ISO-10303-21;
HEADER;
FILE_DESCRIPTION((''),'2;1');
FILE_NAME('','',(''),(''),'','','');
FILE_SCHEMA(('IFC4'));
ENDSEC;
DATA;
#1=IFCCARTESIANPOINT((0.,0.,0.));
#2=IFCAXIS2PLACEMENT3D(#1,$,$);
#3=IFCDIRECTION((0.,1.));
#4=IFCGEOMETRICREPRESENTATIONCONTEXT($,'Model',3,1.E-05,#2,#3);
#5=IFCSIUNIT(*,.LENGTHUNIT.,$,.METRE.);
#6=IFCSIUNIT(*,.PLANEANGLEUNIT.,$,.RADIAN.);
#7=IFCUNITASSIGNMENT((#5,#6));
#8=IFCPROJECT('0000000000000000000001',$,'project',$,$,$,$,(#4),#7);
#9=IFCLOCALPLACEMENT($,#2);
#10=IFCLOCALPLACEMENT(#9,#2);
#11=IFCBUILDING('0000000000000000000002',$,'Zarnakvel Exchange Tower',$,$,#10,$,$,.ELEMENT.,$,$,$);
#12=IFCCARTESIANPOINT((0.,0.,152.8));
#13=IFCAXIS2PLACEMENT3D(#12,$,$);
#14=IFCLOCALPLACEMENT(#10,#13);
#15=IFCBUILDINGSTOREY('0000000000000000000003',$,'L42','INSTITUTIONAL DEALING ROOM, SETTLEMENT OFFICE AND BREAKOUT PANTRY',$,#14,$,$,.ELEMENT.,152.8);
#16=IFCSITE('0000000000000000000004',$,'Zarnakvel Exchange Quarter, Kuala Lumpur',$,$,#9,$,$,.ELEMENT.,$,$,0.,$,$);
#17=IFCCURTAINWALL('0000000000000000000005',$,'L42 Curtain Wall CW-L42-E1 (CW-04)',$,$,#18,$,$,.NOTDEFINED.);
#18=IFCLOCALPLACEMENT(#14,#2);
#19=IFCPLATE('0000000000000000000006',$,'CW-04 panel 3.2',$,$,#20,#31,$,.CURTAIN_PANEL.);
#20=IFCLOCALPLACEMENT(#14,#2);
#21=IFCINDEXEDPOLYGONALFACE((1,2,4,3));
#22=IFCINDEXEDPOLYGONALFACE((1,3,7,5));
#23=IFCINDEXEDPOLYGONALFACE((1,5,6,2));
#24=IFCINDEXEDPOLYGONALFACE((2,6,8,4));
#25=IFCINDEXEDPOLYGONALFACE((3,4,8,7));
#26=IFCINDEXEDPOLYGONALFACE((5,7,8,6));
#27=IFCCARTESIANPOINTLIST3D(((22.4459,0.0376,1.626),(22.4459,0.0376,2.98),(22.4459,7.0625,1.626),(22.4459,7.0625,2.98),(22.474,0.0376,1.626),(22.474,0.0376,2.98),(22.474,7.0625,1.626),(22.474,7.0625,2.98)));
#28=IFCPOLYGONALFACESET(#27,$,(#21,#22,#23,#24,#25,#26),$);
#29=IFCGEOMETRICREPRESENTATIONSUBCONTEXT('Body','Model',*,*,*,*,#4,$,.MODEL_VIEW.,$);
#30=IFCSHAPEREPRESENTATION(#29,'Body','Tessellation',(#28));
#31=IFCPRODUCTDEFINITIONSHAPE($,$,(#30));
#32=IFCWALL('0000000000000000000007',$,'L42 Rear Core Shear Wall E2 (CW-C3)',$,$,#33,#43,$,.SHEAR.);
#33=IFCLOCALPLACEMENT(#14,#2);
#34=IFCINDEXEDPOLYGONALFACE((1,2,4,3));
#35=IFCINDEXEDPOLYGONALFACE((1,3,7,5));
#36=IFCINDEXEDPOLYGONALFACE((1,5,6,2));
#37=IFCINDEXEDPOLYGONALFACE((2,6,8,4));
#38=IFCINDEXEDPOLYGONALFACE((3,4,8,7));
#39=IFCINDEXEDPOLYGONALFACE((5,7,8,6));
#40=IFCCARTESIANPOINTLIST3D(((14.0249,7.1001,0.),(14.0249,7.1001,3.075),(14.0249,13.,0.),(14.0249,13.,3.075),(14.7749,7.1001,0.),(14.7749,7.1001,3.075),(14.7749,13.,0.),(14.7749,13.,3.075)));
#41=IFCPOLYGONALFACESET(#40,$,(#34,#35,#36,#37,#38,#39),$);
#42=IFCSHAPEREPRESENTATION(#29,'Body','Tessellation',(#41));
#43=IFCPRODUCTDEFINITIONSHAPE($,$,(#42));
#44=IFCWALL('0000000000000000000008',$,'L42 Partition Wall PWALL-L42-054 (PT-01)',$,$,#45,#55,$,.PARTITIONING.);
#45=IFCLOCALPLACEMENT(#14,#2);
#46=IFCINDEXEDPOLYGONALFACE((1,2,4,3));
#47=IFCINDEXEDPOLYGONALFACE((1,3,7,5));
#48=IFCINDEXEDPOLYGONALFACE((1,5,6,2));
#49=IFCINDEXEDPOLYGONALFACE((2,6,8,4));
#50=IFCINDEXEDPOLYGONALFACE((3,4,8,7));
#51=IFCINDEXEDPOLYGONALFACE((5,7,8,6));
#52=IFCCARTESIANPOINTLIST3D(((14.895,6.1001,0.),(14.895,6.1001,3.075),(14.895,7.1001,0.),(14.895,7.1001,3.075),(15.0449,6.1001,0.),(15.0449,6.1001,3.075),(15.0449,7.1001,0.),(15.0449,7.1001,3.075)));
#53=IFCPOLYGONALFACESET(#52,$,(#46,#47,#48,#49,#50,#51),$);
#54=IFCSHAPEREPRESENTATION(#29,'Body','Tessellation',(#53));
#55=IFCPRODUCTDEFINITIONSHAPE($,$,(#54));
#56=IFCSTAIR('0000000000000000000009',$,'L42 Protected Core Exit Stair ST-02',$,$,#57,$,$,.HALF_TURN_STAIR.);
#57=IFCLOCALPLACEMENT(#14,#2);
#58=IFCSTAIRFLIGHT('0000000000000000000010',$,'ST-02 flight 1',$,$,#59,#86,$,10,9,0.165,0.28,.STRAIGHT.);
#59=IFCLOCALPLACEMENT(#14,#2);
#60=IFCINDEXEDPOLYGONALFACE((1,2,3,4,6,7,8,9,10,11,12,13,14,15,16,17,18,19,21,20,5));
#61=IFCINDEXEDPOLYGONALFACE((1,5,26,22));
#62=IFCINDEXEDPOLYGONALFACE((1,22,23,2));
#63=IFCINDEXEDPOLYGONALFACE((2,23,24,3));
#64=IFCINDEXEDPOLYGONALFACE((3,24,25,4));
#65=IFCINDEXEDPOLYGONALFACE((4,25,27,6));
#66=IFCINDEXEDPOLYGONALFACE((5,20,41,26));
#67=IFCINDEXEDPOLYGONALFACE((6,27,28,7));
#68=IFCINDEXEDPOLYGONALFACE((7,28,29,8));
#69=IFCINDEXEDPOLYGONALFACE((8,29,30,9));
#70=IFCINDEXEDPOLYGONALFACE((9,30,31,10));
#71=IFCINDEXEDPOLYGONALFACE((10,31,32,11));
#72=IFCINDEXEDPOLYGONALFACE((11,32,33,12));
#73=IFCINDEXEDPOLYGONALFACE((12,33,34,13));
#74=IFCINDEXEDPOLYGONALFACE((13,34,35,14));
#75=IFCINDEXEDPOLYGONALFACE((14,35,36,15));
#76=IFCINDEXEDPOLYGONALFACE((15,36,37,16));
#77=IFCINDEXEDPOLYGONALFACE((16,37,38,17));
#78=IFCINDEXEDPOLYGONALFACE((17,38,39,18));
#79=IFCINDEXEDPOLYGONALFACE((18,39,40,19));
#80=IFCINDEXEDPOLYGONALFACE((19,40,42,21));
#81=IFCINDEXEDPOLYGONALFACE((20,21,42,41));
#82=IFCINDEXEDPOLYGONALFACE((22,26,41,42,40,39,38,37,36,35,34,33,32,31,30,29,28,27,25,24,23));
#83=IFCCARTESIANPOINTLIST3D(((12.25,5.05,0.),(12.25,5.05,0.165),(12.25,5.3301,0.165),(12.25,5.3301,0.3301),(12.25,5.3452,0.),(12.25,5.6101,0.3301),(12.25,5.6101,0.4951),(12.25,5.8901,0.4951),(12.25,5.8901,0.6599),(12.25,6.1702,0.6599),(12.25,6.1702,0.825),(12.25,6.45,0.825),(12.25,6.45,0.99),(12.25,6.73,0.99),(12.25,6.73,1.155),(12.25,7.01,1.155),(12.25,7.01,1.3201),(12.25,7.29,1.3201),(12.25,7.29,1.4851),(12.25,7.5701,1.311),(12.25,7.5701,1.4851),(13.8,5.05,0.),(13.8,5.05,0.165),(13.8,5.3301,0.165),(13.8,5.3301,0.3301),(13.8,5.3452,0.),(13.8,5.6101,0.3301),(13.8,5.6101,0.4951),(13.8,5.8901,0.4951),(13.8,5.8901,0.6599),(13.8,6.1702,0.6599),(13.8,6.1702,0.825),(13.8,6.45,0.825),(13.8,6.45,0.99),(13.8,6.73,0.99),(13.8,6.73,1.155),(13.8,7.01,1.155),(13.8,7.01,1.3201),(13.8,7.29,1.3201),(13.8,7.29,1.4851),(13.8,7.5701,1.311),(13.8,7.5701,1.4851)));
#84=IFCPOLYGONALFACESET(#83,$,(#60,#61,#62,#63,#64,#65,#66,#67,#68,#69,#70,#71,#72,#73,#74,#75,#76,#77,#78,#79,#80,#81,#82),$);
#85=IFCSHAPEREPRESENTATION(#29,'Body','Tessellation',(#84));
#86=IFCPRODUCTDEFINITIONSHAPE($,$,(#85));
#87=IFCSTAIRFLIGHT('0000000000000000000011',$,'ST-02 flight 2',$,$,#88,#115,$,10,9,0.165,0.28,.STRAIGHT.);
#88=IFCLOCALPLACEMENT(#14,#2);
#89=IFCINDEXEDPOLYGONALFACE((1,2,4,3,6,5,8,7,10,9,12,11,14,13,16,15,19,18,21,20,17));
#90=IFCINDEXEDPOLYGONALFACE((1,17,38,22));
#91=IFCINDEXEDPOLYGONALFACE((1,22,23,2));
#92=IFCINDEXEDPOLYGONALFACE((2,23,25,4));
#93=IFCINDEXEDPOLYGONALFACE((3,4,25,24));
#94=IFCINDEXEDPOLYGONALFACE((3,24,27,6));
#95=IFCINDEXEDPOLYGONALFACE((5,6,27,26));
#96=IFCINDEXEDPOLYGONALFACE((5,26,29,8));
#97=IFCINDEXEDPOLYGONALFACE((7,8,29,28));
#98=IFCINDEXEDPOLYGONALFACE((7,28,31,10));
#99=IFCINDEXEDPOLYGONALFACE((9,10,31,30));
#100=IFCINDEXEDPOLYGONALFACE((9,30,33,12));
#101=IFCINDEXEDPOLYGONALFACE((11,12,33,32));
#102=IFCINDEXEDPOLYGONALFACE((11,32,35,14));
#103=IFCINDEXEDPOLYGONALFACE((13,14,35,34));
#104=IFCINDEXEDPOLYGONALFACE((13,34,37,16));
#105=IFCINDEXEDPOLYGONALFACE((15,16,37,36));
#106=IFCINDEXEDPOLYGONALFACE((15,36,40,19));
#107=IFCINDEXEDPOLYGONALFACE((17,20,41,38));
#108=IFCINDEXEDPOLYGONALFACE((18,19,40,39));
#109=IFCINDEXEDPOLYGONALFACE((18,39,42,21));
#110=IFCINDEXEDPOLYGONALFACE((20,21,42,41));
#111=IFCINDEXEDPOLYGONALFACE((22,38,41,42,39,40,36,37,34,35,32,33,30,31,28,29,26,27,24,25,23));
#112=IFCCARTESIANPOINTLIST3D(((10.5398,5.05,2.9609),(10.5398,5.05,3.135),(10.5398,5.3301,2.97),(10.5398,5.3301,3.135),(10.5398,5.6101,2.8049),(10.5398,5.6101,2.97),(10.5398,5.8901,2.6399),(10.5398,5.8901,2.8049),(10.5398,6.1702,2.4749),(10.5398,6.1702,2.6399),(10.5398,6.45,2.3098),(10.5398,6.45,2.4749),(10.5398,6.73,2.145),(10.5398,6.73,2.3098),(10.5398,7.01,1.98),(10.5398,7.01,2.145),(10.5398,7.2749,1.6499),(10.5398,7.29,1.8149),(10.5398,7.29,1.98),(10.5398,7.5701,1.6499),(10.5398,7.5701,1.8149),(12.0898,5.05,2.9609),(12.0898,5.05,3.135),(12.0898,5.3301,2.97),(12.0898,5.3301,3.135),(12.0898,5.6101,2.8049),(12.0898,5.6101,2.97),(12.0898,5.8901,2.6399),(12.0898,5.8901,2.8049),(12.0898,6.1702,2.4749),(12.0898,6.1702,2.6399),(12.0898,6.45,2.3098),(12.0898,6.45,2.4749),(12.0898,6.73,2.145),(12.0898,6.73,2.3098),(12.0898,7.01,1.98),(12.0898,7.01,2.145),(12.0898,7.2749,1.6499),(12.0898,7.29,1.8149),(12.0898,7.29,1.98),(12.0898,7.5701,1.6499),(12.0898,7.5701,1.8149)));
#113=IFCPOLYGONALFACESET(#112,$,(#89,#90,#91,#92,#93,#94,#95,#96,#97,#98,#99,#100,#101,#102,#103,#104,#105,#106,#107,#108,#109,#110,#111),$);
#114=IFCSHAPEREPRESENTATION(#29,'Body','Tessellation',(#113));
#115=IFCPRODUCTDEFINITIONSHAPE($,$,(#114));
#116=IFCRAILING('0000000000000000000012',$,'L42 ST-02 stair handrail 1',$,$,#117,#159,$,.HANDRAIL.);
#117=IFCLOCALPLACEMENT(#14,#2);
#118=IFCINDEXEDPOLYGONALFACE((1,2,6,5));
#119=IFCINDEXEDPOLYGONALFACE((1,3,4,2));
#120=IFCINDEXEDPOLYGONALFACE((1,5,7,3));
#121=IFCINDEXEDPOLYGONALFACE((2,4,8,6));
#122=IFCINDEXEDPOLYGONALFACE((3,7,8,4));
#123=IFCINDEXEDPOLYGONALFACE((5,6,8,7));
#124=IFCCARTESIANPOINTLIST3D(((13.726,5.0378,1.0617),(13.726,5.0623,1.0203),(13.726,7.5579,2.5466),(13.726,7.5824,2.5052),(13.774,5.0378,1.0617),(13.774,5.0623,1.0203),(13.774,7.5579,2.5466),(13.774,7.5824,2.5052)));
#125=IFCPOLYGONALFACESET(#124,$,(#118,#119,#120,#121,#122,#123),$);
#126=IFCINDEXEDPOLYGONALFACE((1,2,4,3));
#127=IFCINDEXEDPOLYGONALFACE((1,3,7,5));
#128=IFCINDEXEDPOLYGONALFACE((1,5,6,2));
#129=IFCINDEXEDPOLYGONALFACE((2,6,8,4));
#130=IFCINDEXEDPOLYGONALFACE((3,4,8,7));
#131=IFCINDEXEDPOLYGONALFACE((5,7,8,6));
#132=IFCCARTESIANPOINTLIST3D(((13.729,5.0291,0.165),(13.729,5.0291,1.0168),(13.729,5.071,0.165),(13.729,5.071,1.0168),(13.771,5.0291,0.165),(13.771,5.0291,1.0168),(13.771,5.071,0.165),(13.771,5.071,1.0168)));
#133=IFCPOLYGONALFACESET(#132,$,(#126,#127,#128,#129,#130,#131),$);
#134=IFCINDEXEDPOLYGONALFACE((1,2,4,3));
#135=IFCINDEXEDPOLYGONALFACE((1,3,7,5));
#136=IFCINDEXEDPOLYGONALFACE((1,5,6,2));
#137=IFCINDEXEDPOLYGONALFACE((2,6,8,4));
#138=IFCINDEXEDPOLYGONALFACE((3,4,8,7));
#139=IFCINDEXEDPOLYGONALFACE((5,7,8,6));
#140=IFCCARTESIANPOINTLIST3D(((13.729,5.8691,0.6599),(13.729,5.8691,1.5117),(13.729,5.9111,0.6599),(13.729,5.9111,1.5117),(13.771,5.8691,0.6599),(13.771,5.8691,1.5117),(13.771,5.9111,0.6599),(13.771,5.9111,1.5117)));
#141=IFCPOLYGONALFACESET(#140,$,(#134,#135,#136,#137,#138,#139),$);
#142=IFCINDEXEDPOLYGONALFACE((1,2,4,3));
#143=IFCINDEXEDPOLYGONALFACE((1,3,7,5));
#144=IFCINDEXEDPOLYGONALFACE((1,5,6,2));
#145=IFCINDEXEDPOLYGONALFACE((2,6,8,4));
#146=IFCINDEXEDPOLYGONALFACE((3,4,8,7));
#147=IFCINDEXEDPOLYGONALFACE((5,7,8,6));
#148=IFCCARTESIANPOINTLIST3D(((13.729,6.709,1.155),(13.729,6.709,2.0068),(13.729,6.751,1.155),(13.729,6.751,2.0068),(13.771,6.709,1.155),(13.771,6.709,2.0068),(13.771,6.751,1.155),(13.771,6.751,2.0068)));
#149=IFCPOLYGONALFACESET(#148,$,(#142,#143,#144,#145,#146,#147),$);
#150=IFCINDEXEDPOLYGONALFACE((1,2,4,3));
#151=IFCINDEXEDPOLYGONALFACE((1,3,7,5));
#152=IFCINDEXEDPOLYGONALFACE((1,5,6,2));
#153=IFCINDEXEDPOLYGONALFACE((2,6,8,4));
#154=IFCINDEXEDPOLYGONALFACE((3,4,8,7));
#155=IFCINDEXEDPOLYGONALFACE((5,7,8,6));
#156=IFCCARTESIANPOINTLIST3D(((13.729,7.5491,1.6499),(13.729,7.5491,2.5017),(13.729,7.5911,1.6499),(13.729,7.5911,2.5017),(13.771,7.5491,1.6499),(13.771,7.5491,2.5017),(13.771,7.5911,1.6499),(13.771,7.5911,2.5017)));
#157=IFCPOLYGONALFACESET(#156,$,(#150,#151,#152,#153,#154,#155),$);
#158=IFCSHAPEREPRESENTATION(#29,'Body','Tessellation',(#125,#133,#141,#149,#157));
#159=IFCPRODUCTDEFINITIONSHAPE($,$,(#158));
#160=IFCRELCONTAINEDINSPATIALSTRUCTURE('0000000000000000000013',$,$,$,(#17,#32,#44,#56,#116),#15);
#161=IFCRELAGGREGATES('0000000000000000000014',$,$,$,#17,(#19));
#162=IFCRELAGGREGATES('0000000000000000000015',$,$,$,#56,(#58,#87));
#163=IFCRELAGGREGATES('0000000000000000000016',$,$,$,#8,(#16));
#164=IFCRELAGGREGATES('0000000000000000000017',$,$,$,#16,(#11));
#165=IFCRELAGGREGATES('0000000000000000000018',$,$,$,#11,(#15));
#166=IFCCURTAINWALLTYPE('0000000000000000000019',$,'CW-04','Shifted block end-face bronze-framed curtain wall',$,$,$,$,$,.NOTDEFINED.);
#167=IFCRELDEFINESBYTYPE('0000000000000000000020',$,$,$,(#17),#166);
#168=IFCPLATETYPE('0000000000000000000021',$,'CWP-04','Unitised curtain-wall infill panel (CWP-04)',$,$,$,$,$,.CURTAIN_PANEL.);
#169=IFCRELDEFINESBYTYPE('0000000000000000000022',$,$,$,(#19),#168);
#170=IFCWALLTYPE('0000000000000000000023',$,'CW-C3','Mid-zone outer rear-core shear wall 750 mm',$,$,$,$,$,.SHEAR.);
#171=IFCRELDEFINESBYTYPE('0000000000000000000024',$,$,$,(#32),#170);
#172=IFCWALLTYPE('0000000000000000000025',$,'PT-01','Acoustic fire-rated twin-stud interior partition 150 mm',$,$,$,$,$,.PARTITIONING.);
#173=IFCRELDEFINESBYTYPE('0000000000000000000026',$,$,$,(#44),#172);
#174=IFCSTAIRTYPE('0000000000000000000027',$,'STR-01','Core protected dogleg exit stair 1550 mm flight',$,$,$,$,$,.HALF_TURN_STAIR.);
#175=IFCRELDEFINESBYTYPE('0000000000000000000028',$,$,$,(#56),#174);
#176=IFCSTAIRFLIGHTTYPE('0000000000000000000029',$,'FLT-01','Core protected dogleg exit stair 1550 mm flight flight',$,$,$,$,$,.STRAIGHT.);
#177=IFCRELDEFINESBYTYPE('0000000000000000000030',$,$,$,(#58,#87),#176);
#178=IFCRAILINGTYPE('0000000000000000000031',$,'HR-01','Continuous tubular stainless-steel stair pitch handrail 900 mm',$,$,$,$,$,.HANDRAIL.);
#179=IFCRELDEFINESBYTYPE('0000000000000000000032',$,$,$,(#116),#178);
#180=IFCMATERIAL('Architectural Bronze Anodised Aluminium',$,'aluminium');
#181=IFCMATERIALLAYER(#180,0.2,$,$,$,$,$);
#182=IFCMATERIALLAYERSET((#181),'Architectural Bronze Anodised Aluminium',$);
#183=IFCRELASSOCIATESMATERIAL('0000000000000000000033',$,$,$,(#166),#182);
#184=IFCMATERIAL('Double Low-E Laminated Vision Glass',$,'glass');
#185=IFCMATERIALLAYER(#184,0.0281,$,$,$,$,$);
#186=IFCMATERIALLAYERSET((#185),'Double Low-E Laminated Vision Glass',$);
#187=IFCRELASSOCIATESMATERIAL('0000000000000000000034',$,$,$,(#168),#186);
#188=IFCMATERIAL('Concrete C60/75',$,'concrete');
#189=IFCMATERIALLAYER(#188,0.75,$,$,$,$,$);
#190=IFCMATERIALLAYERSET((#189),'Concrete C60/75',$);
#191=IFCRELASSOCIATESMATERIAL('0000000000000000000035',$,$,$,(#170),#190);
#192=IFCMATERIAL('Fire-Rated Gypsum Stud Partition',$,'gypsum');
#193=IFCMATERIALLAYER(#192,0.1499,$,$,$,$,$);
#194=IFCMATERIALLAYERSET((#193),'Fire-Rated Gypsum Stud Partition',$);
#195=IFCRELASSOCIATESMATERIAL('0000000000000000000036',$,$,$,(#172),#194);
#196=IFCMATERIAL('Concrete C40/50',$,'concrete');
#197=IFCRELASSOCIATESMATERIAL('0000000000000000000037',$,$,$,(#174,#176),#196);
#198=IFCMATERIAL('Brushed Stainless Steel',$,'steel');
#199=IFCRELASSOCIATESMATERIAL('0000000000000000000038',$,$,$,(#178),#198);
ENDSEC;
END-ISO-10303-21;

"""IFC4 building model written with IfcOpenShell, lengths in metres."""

from ifc_helpers import new_model, si_unit, direction, frame, frame_2d, origin, origin_2d, place, context, subcontext, project, spatial, polyline, rectangle, outline, extrude, source, transform, mapped, material, layer, layer_set, type_object, element, aggregate, save


model = new_model("IFC4")

# Units and contexts
model_context = context("Model", 3, precision=1e-05, world=origin(), true_north=direction((0.0, 1.0)))
body_context = subcontext(model_context, "Body", "Model", "MODEL_VIEW")
ifc_project = project(units=[si_unit("LENGTHUNIT", "METRE"), si_unit("PLANEANGLEUNIT", "RADIAN")], contexts=[model_context])

# Site, building, storey
site_placement = place(None, origin())
site = spatial("IfcSite", under=ifc_project, at=site_placement, Name="Zarnakvel Exchange Quarter, Kuala Lumpur", CompositionType="ELEMENT", RefElevation=0.0)
building_placement = place(site_placement, origin())
building = spatial("IfcBuilding", under=site, at=building_placement, Name="Zarnakvel Exchange Tower", CompositionType="ELEMENT")
storey_placement = place(building_placement, frame((0.0, 0.0, 152.8)))
storey = spatial("IfcBuildingStorey", under=building, at=storey_placement, Name="L42", Description="INSTITUTIONAL DEALING ROOM, SETTLEMENT OFFICE AND BREAKOUT PANTRY", CompositionType="ELEMENT", Elevation=152.8)

# Shared definitions
ifc_material_1 = material(Name="Concrete C60/75", Category="concrete")

# Curtain wall, plate
ifc_material_2 = material(Name="Architectural Bronze Anodised Aluminium", Category="aluminium")
ifc_layer_1 = layer(ifc_material_2, 0.2)
ifc_layer_set_1 = layer_set([ifc_layer_1], Name="Architectural Bronze Anodised Aluminium")
curtain_wall_type = type_object("IfcCurtainWallType", Name="CW-04", Description="Shifted block end-face bronze-framed curtain wall", PredefinedType="NOTDEFINED", material=ifc_layer_set_1)
curtain_wall_placement = place(storey_placement, origin())
curtain_wall = element("IfcCurtainWall", 1, at=curtain_wall_placement, inside=storey, type_object=curtain_wall_type, Name="L42 Curtain Wall CW-L42-E1 (CW-04)", PredefinedType="NOTDEFINED")
ifc_material_3 = material(Name="Double Low-E Laminated Vision Glass", Category="glass")
ifc_layer_2 = layer(ifc_material_3, 0.0281)
ifc_layer_set_2 = layer_set([ifc_layer_2], Name="Double Low-E Laminated Vision Glass")
plate_type = type_object("IfcPlateType", Name="CWP-04", Description="Unitised curtain-wall infill panel (CWP-04)", PredefinedType="CURTAIN_PANEL", material=ifc_layer_set_2)
shared_shape_1 = source(origin(), body_context, "Body", "SweptSolid", [
    extrude(rectangle(XDim=7.0249, YDim=0.0281, at=origin_2d()), origin(), (0.0, 0.0, 1.0), 1.354),
])
plate_1_placement = place(storey_placement, frame((22.46, 3.55, 1.626), z_axis=(0.0, 0.0, 1.0), x_axis=(0.0, 1.0, 0.0)))
plate_1 = element("IfcPlate", 2, at=plate_1_placement, type_object=plate_type, Name="CW-04 panel 3.2", PredefinedType="CURTAIN_PANEL", context=body_context, shape_type="MappedRepresentation", body=[
    mapped(shared_shape_1, transform((0.0, 0.0, 0.0), x_axis=(1.0, 0.0, 0.0), y_axis=(0.0, 1.0, 0.0), z_axis=(0.0, 0.0, 1.0), scale=1.0)),
])
aggregate(curtain_wall, [plate_1])

# Walls
ifc_layer_3 = layer(ifc_material_1, 0.75)
ifc_layer_set_3 = layer_set([ifc_layer_3], Name="Concrete C60/75")
wall_type_1 = type_object("IfcWallType", Name="CW-C3", Description="Mid-zone outer rear-core shear wall 750 mm", PredefinedType="SHEAR", material=ifc_layer_set_3)
wall_1_placement = place(storey_placement, frame((14.3999, 7.1001, 0.0), z_axis=(0.0, 0.0, 1.0), x_axis=(0.0, 1.0, 0.0)))
element("IfcWall", 3, at=wall_1_placement, inside=storey, type_object=wall_type_1, Name="L42 Rear Core Shear Wall E2 (CW-C3)", PredefinedType="SHEAR", context=body_context, shape_type="SweptSolid", body=[
    extrude(rectangle(XDim=5.8999, YDim=0.75, at=frame_2d((2.95, 0.0))), origin(), (0.0, 0.0, 1.0), 3.075),
])
ifc_material_4 = material(Name="Fire-Rated Gypsum Stud Partition", Category="gypsum")
ifc_layer_4 = layer(ifc_material_4, 0.1499)
ifc_layer_set_4 = layer_set([ifc_layer_4], Name="Fire-Rated Gypsum Stud Partition")
wall_type_2 = type_object("IfcWallType", Name="PT-01", Description="Acoustic fire-rated twin-stud interior partition 150 mm", PredefinedType="PARTITIONING", material=ifc_layer_set_4)
wall_2_placement = place(storey_placement, frame((14.97, 6.1001, 0.0), z_axis=(0.0, 0.0, 1.0), x_axis=(0.0, 1.0, 0.0)))
element("IfcWall", 4, at=wall_2_placement, inside=storey, type_object=wall_type_2, Name="L42 Partition Wall PWALL-L42-054 (PT-01)", PredefinedType="PARTITIONING", context=body_context, shape_type="SweptSolid", body=[
    extrude(rectangle(XDim=1.0, YDim=0.1499, at=frame_2d((0.5, 0.0))), origin(), (0.0, 0.0, 1.0), 3.075),
])

# Shared definitions
ifc_material_5 = material(Name="Concrete C40/50", Category="concrete")

# Stair, stair flights
stair_type = type_object("IfcStairType", Name="STR-01", Description="Core protected dogleg exit stair 1550 mm flight", PredefinedType="HALF_TURN_STAIR", material=ifc_material_5)
stair_placement = place(storey_placement, origin())
stair = element("IfcStair", 5, at=stair_placement, inside=storey, type_object=stair_type, Name="L42 Protected Core Exit Stair ST-02", PredefinedType="HALF_TURN_STAIR")
stair_flight_type = type_object("IfcStairFlightType", Name="FLT-01", Description="Core protected dogleg exit stair 1550 mm flight flight", PredefinedType="STRAIGHT", material=ifc_material_5)
stair_flight_1_placement = place(storey_placement, frame((13.0249, 5.05, 0.0), z_axis=(0.0, 0.0, 1.0), x_axis=(0.0, 1.0, 0.0)))
stair_flight_1 = element("IfcStairFlight", 6, at=stair_flight_1_placement, type_object=stair_flight_type, Name="ST-02 flight 1", NumberOfRisers=10, NumberOfTreads=9, PredefinedType="STRAIGHT", RiserHeight=0.165, TreadLength=0.28, context=body_context, shape_type="SweptSolid", body=[
    extrude(outline(polyline([(0.0, 0.0), (0.0, 0.165), (0.28, 0.165), (0.28, 0.3301), (0.5601, 0.3301), (0.5601, 0.4951), (0.8401, 0.4951), (0.8401, 0.6599), (1.1201, 0.6599), (1.1201, 0.825), (1.3999, 0.825), (1.3999, 0.99), (1.6799, 0.99), (1.6799, 1.155), (1.96, 1.155), (1.96, 1.3201), (2.24, 1.3201), (2.24, 1.4851), (2.52, 1.4851), (2.52, 1.6499), (2.52, 1.311), (0.2952, 0.0), (0.0, 0.0)])), frame((0.0, 0.7749, 0.0), z_axis=(0.0, -1.0, 0.0), x_axis=(1.0, 0.0, 0.0)), (0.0, 0.0, 1.0), 1.55),
])
stair_flight_2_placement = place(storey_placement, frame((11.3149, 7.5701, 1.6499), z_axis=(0.0, 0.0, 1.0), x_axis=(0.0, -1.0, 0.0)))
stair_flight_2 = element("IfcStairFlight", 7, at=stair_flight_2_placement, type_object=stair_flight_type, Name="ST-02 flight 2", NumberOfRisers=10, NumberOfTreads=9, PredefinedType="STRAIGHT", RiserHeight=0.165, TreadLength=0.28, context=body_context, shape_type="SweptSolid", body=[
    extrude(outline(polyline([(0.0, 0.0), (0.0, 0.165), (0.28, 0.165), (0.28, 0.3301), (0.5601, 0.3301), (0.5601, 0.4951), (0.8401, 0.4951), (0.8401, 0.6599), (1.1201, 0.6599), (1.1201, 0.825), (1.3999, 0.825), (1.3999, 0.99), (1.6799, 0.99), (1.6799, 1.155), (1.96, 1.155), (1.96, 1.3201), (2.24, 1.3201), (2.24, 1.4851), (2.52, 1.4851), (2.52, 1.6499), (2.52, 1.311), (0.2952, 0.0), (0.0, 0.0)])), frame((0.0, 0.7749, 0.0), z_axis=(0.0, -1.0, 0.0), x_axis=(1.0, 0.0, 0.0)), (0.0, 0.0, 1.0), 1.55),
])
aggregate(stair, [stair_flight_1, stair_flight_2])

# Railing
ifc_material_6 = material(Name="Brushed Stainless Steel", Category="steel")
railing_type_1 = type_object("IfcRailingType", Name="HR-01", Description="Continuous tubular stainless-steel stair pitch handrail 900 mm", PredefinedType="HANDRAIL", material=ifc_material_6)
railing_1_placement = place(storey_placement, frame((13.75, 5.05, 0.165)))
element("IfcRailing", 8, at=railing_1_placement, inside=storey, type_object=railing_type_1, Name="L42 ST-02 stair handrail 1", PredefinedType="HANDRAIL", context=body_context, shape_type="SweptSolid", body=[
    extrude(rectangle(XDim=0.0481, YDim=0.0481, at=origin_2d()), frame((0.0, 0.0, 0.876), z_axis=(0.0, 0.861561, 0.507655), x_axis=(-1.0, 0.0, 0.0)), (0.0, 0.0, 1.0), 2.925),
    extrude(rectangle(XDim=0.042, YDim=0.042, at=origin_2d()), origin(), (0.0, 0.0, 1.0), 0.8518),
    extrude(rectangle(XDim=0.042, YDim=0.042, at=origin_2d()), frame((0.0, 0.8401, 0.4949)), (0.0, 0.0, 1.0), 0.8518),
    extrude(rectangle(XDim=0.042, YDim=0.042, at=origin_2d()), frame((0.0, 1.6799, 0.99)), (0.0, 0.0, 1.0), 0.8518),
    extrude(rectangle(XDim=0.042, YDim=0.042, at=origin_2d()), frame((0.0, 2.52, 1.4849)), (0.0, 0.0, 1.0), 0.8518),
])

save(model, "model.ifc")
